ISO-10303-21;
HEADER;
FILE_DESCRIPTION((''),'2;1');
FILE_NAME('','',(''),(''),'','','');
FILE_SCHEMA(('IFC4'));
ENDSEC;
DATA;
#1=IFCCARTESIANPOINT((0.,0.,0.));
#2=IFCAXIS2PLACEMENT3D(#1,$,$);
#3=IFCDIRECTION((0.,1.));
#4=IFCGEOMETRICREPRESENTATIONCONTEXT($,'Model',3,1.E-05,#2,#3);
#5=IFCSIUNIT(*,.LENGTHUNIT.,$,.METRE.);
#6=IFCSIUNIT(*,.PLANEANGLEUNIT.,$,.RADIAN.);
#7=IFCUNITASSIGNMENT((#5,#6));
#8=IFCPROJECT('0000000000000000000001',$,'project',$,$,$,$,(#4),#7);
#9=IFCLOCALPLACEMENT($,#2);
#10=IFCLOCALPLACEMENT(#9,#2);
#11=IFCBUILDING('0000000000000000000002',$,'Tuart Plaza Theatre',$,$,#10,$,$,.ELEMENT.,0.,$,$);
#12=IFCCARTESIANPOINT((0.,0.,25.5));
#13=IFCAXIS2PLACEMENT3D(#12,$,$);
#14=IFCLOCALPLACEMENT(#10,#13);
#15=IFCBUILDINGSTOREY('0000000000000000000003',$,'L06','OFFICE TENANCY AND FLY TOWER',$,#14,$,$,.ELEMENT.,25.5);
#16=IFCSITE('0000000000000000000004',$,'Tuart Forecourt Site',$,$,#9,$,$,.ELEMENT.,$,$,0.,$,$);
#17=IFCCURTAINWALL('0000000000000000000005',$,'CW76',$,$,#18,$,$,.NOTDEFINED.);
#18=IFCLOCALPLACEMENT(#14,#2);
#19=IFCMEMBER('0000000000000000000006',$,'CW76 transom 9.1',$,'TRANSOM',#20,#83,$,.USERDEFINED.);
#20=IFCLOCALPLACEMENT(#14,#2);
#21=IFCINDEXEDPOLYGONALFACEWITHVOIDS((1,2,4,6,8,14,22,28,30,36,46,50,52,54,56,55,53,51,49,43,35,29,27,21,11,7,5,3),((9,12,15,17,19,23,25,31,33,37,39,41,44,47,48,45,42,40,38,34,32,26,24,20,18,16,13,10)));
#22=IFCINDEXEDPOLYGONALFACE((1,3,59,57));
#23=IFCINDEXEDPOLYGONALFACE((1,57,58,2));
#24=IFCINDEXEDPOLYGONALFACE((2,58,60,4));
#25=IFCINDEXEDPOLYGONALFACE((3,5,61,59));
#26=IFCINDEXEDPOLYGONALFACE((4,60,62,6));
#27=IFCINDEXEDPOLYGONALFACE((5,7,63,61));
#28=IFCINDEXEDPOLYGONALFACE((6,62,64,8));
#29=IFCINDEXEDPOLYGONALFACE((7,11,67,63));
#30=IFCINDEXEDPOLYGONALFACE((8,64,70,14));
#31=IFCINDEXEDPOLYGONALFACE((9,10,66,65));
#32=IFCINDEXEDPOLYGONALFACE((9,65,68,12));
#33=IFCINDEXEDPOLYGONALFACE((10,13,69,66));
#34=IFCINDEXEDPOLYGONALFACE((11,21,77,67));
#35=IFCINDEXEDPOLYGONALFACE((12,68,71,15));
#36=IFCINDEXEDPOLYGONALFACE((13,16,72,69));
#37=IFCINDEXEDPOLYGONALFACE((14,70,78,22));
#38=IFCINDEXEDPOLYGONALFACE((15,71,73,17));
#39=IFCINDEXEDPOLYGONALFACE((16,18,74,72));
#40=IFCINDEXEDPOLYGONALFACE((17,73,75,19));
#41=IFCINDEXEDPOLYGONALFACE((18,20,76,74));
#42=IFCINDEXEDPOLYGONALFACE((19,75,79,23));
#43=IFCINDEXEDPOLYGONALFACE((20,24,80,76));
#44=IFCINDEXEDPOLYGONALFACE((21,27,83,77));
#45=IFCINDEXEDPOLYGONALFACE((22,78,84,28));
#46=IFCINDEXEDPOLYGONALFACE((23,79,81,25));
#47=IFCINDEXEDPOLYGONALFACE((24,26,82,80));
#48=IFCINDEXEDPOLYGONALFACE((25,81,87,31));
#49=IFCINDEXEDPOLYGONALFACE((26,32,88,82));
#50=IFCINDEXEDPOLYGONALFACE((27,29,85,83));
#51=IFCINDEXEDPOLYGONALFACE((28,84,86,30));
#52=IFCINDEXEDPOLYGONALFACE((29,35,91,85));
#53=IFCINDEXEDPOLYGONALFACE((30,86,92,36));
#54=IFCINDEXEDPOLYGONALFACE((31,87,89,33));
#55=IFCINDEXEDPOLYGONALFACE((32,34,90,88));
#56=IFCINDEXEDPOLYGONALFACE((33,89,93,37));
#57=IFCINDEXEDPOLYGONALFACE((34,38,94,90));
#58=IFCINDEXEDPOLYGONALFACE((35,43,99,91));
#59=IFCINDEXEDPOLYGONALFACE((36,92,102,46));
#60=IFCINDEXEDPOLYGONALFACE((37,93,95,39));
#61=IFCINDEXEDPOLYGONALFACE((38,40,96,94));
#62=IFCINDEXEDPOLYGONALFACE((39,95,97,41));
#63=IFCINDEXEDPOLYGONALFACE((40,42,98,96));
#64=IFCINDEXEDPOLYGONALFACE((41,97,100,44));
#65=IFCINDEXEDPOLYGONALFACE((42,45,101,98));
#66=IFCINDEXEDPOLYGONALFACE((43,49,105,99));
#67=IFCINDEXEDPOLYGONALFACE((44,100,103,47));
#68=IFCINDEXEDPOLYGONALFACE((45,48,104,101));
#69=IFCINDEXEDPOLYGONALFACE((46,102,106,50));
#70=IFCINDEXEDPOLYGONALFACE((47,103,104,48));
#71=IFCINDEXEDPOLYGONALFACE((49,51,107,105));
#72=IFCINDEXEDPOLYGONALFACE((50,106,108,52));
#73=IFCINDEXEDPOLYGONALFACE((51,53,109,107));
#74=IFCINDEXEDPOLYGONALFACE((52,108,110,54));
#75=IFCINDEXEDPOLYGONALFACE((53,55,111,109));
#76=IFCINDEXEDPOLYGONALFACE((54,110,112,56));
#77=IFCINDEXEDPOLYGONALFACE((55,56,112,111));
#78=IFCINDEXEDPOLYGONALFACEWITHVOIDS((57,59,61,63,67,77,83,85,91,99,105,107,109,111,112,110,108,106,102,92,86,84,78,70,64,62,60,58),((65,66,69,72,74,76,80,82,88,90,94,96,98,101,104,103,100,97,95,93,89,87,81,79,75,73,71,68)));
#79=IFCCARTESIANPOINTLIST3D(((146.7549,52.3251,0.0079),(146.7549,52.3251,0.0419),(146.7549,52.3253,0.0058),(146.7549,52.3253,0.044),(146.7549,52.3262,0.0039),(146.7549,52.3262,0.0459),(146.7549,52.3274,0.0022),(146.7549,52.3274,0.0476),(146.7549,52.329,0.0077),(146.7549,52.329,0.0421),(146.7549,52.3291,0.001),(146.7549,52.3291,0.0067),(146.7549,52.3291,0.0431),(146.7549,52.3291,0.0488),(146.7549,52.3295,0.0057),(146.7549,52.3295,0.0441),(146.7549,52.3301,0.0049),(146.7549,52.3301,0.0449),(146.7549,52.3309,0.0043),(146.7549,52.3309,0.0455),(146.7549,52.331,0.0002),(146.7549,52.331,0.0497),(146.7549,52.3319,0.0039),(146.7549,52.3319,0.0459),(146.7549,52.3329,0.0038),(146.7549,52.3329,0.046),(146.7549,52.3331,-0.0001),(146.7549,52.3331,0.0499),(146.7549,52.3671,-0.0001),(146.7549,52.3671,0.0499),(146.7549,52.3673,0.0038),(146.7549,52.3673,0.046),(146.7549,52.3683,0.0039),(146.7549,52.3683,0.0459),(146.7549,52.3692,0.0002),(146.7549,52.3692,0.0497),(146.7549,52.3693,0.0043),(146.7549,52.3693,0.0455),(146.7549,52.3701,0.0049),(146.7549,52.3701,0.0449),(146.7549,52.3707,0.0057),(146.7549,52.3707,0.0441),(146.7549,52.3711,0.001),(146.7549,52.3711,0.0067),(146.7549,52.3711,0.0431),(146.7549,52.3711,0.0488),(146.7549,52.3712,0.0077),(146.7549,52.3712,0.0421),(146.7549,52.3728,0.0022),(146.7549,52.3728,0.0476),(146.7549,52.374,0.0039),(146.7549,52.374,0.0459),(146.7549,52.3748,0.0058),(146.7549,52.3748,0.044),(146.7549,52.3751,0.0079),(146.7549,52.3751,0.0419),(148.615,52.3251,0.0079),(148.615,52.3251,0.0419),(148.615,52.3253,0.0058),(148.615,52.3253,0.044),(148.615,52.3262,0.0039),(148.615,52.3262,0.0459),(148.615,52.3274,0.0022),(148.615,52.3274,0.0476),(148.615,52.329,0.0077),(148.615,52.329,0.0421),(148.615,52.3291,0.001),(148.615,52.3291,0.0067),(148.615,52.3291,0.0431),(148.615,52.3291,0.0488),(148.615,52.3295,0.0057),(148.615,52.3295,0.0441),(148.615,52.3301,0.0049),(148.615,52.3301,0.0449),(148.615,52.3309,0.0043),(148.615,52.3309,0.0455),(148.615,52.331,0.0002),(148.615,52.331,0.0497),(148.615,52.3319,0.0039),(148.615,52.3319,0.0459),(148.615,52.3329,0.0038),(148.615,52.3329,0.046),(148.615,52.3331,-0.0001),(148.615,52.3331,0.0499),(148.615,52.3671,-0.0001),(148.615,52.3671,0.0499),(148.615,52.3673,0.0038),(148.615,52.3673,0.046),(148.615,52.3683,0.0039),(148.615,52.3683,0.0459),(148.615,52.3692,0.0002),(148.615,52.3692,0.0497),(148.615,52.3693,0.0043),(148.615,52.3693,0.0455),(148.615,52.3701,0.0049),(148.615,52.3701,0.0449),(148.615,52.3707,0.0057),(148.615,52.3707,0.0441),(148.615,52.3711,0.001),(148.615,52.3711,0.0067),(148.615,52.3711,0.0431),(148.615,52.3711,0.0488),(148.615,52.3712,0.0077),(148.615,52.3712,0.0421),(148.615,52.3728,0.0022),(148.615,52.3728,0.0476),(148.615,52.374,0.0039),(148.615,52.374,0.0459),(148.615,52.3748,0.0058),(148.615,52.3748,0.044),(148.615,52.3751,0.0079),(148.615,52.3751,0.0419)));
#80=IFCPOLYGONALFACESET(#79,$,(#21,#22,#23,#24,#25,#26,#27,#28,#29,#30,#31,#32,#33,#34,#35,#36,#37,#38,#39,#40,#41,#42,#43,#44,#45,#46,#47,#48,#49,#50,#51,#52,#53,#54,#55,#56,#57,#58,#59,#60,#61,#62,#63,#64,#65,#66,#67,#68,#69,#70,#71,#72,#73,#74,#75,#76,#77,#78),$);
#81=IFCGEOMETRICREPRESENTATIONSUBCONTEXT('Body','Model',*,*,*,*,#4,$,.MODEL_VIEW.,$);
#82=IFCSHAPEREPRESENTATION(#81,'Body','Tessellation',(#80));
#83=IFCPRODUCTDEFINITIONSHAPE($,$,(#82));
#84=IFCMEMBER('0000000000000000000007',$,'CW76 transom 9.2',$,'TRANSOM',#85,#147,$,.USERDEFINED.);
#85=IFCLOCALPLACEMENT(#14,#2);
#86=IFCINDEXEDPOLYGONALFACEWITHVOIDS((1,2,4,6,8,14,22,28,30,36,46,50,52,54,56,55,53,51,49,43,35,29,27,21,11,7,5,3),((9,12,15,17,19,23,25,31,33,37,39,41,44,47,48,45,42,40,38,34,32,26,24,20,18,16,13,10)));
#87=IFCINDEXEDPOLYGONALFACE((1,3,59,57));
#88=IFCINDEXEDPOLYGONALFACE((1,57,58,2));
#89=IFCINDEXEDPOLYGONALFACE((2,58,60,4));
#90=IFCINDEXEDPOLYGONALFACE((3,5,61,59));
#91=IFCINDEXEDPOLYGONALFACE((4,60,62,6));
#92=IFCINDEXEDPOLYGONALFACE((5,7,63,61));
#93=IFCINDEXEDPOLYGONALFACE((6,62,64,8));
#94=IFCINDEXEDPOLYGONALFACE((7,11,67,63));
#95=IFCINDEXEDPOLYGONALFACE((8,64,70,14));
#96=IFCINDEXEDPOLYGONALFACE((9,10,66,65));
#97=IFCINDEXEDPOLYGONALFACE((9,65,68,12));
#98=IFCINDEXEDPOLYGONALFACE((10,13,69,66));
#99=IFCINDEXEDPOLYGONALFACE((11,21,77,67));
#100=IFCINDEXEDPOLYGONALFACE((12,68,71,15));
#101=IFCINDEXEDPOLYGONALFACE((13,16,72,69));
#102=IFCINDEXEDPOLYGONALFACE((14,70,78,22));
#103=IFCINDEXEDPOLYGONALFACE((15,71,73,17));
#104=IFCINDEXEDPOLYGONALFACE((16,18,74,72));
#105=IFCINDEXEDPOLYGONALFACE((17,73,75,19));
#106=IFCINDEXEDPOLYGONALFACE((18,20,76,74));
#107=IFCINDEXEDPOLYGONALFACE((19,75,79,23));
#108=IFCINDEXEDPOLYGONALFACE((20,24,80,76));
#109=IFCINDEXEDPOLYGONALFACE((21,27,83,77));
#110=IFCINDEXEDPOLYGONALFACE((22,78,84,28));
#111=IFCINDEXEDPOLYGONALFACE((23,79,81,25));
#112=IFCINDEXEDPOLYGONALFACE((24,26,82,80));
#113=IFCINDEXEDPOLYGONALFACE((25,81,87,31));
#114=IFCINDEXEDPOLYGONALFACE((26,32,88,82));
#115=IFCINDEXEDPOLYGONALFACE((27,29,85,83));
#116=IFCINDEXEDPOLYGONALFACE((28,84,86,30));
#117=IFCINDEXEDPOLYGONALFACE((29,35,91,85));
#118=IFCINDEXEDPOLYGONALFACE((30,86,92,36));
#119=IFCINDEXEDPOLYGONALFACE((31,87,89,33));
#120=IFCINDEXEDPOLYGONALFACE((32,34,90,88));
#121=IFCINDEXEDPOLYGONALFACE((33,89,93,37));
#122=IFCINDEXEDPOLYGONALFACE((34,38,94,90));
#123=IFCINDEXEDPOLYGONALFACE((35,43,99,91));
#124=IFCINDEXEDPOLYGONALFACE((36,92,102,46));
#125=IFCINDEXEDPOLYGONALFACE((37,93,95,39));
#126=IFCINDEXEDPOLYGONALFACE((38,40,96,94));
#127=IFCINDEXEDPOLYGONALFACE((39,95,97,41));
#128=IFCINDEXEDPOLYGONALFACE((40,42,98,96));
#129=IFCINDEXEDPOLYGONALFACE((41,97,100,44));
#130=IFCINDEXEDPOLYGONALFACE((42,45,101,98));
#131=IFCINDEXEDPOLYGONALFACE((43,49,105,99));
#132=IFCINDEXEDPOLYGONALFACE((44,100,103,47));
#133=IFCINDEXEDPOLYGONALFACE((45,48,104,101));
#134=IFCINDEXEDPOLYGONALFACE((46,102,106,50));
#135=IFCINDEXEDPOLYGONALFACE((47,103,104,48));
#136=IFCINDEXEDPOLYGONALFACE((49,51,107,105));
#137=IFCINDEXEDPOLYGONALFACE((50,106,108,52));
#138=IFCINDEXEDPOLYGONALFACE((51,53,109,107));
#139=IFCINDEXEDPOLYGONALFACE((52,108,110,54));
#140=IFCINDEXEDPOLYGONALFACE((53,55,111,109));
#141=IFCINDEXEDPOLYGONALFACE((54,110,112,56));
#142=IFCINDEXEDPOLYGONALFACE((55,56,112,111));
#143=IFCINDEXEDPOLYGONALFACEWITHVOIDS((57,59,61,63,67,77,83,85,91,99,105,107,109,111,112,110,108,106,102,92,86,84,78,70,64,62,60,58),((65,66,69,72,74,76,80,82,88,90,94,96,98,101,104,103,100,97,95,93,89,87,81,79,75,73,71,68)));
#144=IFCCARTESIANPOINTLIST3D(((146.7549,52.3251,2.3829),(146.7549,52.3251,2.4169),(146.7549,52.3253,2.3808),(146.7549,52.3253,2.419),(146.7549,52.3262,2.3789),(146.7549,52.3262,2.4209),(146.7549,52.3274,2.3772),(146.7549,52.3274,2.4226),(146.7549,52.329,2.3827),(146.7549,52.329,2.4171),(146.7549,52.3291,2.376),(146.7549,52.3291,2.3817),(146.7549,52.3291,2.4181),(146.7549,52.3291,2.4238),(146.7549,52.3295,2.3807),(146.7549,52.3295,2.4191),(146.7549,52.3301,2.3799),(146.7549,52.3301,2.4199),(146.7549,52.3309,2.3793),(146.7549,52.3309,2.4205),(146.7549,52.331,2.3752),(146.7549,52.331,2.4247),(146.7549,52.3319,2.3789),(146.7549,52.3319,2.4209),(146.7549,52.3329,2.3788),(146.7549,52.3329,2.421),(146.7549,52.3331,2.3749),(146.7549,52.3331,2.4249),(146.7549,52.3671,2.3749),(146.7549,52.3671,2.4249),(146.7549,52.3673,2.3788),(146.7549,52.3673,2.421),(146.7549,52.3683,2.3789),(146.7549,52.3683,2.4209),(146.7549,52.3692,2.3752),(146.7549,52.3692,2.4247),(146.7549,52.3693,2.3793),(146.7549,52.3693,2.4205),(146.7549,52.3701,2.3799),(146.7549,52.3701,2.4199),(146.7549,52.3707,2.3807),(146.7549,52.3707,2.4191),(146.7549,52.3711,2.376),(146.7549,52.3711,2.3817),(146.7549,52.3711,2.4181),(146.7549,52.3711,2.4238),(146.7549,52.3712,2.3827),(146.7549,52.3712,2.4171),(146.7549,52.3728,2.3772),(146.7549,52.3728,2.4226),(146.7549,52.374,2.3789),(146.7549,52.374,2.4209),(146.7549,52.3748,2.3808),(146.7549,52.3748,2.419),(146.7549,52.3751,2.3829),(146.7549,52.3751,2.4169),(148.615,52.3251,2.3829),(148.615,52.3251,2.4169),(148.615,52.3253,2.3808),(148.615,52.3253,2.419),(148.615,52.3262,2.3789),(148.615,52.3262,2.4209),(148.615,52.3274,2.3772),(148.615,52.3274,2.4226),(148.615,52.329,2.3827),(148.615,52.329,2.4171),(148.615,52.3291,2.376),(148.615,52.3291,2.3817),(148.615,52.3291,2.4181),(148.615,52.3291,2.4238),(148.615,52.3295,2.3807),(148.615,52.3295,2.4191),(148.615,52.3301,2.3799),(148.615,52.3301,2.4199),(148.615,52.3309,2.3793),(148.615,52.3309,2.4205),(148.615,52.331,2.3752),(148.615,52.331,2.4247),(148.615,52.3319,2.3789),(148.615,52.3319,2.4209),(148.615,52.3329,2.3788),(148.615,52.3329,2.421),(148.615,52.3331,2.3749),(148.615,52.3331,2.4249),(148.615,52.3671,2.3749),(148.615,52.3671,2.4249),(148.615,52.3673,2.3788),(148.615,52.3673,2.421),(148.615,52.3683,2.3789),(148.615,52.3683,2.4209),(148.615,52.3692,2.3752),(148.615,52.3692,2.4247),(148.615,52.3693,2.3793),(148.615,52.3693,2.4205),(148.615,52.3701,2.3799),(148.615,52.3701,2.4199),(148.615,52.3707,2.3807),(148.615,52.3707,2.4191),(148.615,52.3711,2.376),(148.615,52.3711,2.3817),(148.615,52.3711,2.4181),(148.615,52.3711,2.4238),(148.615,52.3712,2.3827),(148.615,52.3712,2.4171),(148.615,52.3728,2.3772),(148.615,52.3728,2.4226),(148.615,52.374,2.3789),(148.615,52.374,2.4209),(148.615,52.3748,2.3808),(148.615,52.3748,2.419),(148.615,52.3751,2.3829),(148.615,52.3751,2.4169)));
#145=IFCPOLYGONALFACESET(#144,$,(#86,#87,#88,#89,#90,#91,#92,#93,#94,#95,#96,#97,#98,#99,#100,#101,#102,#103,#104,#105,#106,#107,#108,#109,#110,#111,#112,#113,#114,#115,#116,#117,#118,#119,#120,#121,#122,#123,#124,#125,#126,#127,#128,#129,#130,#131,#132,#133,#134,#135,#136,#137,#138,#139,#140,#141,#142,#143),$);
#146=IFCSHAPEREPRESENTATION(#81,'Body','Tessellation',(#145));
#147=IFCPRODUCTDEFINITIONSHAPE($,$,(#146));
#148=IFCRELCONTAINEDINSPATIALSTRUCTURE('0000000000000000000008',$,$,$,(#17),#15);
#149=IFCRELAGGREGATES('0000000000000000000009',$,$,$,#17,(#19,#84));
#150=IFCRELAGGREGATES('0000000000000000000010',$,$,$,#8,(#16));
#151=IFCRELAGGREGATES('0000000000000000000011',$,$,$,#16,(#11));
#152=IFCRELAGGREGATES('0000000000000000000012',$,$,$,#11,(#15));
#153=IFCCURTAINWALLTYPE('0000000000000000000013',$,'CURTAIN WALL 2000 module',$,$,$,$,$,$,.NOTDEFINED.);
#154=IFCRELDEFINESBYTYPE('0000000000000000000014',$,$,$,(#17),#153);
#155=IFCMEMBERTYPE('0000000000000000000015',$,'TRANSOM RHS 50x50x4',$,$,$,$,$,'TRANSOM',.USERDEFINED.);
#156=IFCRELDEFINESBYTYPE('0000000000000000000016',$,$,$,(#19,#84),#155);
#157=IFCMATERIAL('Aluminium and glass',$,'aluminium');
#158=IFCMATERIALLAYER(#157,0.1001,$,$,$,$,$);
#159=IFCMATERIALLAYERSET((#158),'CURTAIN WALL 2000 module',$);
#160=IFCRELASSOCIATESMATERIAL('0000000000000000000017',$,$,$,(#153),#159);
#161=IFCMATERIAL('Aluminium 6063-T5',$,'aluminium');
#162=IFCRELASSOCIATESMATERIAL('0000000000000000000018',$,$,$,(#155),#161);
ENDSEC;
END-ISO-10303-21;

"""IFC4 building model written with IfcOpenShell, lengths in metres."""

from ifc_helpers import new_model, si_unit, direction, frame, origin, origin_2d, place, context, subcontext, project, spatial, hollow_rectangle, extrude, material, layer, layer_set, material_profile, profile_set, type_object, element, aggregate, save


model = new_model("IFC4")

# Units and contexts
model_context = context("Model", 3, precision=1e-05, world=origin(), true_north=direction((0.0, 1.0)))
body_context = subcontext(model_context, "Body", "Model", "MODEL_VIEW")
ifc_project = project(units=[si_unit("LENGTHUNIT", "METRE"), si_unit("PLANEANGLEUNIT", "RADIAN")], contexts=[model_context])

# Site, building, storey
site_placement = place(None, origin())
site = spatial("IfcSite", under=ifc_project, at=site_placement, Name="Tuart Forecourt Site", CompositionType="ELEMENT", RefElevation=0.0)
building_placement = place(site_placement, origin())
building = spatial("IfcBuilding", under=site, at=building_placement, Name="Tuart Plaza Theatre", CompositionType="ELEMENT", ElevationOfRefHeight=0.0)
storey_placement = place(building_placement, frame((0.0, 0.0, 25.5)))
storey = spatial("IfcBuildingStorey", under=building, at=storey_placement, Name="L06", Description="OFFICE TENANCY AND FLY TOWER", CompositionType="ELEMENT", Elevation=25.5)

# Curtain wall, members
ifc_material_1 = material(Name="Aluminium and glass", Category="aluminium")
ifc_layer_1 = layer(ifc_material_1, 0.1001)
ifc_layer_set_1 = layer_set([ifc_layer_1], Name="CURTAIN WALL 2000 module")
curtain_wall_type = type_object("IfcCurtainWallType", Name="CURTAIN WALL 2000 module", PredefinedType="NOTDEFINED", material=ifc_layer_set_1)
curtain_wall_placement = place(storey_placement, origin())
curtain_wall = element("IfcCurtainWall", 1, at=curtain_wall_placement, inside=storey, type_object=curtain_wall_type, Name="CW76", PredefinedType="NOTDEFINED")
ifc_material_2 = material(Name="Aluminium 6063-T5", Category="aluminium")
ifc_material_profile_1 = material_profile(ifc_material_2, hollow_rectangle(XDim=0.05, YDim=0.05, WallThickness=0.0039, InnerFilletRadius=0.0039, OuterFilletRadius=0.0081, at=origin_2d()), Name="RHS 50x50x4")
ifc_profile_set_1 = profile_set([ifc_material_profile_1], Name="Aluminium 6063-T5")
member_type_1 = type_object("IfcMemberType", Name="TRANSOM RHS 50x50x4", ElementType="TRANSOM", PredefinedType="USERDEFINED", material=ifc_profile_set_1)
member_1_placement = place(storey_placement, frame((146.7549, 52.3501, 0.0249), z_axis=(1.0, 0.0, 0.0), x_axis=(0.0, 1.0, 0.0)))
member_1 = element("IfcMember", 2, at=member_1_placement, type_object=member_type_1, Name="CW76 transom 9.1", ObjectType="TRANSOM", PredefinedType="USERDEFINED", context=body_context, shape_type="SweptSolid", body=[
    extrude(hollow_rectangle(XDim=0.05, YDim=0.05, WallThickness=0.0039, InnerFilletRadius=0.0039, OuterFilletRadius=0.0081, at=origin_2d()), origin(), (0.0, 0.0, 1.0), 1.8601),
])
member_2_placement = place(storey_placement, frame((146.7549, 52.3501, 2.3999), z_axis=(1.0, 0.0, 0.0), x_axis=(0.0, 1.0, 0.0)))
member_2 = element("IfcMember", 3, at=member_2_placement, type_object=member_type_1, Name="CW76 transom 9.2", ObjectType="TRANSOM", PredefinedType="USERDEFINED", context=body_context, shape_type="SweptSolid", body=[
    extrude(hollow_rectangle(XDim=0.05, YDim=0.05, WallThickness=0.0039, InnerFilletRadius=0.0039, OuterFilletRadius=0.0081, at=origin_2d()), origin(), (0.0, 0.0, 1.0), 1.8601),
])
aggregate(curtain_wall, [member_1, member_2])

save(model, "model.ifc")
